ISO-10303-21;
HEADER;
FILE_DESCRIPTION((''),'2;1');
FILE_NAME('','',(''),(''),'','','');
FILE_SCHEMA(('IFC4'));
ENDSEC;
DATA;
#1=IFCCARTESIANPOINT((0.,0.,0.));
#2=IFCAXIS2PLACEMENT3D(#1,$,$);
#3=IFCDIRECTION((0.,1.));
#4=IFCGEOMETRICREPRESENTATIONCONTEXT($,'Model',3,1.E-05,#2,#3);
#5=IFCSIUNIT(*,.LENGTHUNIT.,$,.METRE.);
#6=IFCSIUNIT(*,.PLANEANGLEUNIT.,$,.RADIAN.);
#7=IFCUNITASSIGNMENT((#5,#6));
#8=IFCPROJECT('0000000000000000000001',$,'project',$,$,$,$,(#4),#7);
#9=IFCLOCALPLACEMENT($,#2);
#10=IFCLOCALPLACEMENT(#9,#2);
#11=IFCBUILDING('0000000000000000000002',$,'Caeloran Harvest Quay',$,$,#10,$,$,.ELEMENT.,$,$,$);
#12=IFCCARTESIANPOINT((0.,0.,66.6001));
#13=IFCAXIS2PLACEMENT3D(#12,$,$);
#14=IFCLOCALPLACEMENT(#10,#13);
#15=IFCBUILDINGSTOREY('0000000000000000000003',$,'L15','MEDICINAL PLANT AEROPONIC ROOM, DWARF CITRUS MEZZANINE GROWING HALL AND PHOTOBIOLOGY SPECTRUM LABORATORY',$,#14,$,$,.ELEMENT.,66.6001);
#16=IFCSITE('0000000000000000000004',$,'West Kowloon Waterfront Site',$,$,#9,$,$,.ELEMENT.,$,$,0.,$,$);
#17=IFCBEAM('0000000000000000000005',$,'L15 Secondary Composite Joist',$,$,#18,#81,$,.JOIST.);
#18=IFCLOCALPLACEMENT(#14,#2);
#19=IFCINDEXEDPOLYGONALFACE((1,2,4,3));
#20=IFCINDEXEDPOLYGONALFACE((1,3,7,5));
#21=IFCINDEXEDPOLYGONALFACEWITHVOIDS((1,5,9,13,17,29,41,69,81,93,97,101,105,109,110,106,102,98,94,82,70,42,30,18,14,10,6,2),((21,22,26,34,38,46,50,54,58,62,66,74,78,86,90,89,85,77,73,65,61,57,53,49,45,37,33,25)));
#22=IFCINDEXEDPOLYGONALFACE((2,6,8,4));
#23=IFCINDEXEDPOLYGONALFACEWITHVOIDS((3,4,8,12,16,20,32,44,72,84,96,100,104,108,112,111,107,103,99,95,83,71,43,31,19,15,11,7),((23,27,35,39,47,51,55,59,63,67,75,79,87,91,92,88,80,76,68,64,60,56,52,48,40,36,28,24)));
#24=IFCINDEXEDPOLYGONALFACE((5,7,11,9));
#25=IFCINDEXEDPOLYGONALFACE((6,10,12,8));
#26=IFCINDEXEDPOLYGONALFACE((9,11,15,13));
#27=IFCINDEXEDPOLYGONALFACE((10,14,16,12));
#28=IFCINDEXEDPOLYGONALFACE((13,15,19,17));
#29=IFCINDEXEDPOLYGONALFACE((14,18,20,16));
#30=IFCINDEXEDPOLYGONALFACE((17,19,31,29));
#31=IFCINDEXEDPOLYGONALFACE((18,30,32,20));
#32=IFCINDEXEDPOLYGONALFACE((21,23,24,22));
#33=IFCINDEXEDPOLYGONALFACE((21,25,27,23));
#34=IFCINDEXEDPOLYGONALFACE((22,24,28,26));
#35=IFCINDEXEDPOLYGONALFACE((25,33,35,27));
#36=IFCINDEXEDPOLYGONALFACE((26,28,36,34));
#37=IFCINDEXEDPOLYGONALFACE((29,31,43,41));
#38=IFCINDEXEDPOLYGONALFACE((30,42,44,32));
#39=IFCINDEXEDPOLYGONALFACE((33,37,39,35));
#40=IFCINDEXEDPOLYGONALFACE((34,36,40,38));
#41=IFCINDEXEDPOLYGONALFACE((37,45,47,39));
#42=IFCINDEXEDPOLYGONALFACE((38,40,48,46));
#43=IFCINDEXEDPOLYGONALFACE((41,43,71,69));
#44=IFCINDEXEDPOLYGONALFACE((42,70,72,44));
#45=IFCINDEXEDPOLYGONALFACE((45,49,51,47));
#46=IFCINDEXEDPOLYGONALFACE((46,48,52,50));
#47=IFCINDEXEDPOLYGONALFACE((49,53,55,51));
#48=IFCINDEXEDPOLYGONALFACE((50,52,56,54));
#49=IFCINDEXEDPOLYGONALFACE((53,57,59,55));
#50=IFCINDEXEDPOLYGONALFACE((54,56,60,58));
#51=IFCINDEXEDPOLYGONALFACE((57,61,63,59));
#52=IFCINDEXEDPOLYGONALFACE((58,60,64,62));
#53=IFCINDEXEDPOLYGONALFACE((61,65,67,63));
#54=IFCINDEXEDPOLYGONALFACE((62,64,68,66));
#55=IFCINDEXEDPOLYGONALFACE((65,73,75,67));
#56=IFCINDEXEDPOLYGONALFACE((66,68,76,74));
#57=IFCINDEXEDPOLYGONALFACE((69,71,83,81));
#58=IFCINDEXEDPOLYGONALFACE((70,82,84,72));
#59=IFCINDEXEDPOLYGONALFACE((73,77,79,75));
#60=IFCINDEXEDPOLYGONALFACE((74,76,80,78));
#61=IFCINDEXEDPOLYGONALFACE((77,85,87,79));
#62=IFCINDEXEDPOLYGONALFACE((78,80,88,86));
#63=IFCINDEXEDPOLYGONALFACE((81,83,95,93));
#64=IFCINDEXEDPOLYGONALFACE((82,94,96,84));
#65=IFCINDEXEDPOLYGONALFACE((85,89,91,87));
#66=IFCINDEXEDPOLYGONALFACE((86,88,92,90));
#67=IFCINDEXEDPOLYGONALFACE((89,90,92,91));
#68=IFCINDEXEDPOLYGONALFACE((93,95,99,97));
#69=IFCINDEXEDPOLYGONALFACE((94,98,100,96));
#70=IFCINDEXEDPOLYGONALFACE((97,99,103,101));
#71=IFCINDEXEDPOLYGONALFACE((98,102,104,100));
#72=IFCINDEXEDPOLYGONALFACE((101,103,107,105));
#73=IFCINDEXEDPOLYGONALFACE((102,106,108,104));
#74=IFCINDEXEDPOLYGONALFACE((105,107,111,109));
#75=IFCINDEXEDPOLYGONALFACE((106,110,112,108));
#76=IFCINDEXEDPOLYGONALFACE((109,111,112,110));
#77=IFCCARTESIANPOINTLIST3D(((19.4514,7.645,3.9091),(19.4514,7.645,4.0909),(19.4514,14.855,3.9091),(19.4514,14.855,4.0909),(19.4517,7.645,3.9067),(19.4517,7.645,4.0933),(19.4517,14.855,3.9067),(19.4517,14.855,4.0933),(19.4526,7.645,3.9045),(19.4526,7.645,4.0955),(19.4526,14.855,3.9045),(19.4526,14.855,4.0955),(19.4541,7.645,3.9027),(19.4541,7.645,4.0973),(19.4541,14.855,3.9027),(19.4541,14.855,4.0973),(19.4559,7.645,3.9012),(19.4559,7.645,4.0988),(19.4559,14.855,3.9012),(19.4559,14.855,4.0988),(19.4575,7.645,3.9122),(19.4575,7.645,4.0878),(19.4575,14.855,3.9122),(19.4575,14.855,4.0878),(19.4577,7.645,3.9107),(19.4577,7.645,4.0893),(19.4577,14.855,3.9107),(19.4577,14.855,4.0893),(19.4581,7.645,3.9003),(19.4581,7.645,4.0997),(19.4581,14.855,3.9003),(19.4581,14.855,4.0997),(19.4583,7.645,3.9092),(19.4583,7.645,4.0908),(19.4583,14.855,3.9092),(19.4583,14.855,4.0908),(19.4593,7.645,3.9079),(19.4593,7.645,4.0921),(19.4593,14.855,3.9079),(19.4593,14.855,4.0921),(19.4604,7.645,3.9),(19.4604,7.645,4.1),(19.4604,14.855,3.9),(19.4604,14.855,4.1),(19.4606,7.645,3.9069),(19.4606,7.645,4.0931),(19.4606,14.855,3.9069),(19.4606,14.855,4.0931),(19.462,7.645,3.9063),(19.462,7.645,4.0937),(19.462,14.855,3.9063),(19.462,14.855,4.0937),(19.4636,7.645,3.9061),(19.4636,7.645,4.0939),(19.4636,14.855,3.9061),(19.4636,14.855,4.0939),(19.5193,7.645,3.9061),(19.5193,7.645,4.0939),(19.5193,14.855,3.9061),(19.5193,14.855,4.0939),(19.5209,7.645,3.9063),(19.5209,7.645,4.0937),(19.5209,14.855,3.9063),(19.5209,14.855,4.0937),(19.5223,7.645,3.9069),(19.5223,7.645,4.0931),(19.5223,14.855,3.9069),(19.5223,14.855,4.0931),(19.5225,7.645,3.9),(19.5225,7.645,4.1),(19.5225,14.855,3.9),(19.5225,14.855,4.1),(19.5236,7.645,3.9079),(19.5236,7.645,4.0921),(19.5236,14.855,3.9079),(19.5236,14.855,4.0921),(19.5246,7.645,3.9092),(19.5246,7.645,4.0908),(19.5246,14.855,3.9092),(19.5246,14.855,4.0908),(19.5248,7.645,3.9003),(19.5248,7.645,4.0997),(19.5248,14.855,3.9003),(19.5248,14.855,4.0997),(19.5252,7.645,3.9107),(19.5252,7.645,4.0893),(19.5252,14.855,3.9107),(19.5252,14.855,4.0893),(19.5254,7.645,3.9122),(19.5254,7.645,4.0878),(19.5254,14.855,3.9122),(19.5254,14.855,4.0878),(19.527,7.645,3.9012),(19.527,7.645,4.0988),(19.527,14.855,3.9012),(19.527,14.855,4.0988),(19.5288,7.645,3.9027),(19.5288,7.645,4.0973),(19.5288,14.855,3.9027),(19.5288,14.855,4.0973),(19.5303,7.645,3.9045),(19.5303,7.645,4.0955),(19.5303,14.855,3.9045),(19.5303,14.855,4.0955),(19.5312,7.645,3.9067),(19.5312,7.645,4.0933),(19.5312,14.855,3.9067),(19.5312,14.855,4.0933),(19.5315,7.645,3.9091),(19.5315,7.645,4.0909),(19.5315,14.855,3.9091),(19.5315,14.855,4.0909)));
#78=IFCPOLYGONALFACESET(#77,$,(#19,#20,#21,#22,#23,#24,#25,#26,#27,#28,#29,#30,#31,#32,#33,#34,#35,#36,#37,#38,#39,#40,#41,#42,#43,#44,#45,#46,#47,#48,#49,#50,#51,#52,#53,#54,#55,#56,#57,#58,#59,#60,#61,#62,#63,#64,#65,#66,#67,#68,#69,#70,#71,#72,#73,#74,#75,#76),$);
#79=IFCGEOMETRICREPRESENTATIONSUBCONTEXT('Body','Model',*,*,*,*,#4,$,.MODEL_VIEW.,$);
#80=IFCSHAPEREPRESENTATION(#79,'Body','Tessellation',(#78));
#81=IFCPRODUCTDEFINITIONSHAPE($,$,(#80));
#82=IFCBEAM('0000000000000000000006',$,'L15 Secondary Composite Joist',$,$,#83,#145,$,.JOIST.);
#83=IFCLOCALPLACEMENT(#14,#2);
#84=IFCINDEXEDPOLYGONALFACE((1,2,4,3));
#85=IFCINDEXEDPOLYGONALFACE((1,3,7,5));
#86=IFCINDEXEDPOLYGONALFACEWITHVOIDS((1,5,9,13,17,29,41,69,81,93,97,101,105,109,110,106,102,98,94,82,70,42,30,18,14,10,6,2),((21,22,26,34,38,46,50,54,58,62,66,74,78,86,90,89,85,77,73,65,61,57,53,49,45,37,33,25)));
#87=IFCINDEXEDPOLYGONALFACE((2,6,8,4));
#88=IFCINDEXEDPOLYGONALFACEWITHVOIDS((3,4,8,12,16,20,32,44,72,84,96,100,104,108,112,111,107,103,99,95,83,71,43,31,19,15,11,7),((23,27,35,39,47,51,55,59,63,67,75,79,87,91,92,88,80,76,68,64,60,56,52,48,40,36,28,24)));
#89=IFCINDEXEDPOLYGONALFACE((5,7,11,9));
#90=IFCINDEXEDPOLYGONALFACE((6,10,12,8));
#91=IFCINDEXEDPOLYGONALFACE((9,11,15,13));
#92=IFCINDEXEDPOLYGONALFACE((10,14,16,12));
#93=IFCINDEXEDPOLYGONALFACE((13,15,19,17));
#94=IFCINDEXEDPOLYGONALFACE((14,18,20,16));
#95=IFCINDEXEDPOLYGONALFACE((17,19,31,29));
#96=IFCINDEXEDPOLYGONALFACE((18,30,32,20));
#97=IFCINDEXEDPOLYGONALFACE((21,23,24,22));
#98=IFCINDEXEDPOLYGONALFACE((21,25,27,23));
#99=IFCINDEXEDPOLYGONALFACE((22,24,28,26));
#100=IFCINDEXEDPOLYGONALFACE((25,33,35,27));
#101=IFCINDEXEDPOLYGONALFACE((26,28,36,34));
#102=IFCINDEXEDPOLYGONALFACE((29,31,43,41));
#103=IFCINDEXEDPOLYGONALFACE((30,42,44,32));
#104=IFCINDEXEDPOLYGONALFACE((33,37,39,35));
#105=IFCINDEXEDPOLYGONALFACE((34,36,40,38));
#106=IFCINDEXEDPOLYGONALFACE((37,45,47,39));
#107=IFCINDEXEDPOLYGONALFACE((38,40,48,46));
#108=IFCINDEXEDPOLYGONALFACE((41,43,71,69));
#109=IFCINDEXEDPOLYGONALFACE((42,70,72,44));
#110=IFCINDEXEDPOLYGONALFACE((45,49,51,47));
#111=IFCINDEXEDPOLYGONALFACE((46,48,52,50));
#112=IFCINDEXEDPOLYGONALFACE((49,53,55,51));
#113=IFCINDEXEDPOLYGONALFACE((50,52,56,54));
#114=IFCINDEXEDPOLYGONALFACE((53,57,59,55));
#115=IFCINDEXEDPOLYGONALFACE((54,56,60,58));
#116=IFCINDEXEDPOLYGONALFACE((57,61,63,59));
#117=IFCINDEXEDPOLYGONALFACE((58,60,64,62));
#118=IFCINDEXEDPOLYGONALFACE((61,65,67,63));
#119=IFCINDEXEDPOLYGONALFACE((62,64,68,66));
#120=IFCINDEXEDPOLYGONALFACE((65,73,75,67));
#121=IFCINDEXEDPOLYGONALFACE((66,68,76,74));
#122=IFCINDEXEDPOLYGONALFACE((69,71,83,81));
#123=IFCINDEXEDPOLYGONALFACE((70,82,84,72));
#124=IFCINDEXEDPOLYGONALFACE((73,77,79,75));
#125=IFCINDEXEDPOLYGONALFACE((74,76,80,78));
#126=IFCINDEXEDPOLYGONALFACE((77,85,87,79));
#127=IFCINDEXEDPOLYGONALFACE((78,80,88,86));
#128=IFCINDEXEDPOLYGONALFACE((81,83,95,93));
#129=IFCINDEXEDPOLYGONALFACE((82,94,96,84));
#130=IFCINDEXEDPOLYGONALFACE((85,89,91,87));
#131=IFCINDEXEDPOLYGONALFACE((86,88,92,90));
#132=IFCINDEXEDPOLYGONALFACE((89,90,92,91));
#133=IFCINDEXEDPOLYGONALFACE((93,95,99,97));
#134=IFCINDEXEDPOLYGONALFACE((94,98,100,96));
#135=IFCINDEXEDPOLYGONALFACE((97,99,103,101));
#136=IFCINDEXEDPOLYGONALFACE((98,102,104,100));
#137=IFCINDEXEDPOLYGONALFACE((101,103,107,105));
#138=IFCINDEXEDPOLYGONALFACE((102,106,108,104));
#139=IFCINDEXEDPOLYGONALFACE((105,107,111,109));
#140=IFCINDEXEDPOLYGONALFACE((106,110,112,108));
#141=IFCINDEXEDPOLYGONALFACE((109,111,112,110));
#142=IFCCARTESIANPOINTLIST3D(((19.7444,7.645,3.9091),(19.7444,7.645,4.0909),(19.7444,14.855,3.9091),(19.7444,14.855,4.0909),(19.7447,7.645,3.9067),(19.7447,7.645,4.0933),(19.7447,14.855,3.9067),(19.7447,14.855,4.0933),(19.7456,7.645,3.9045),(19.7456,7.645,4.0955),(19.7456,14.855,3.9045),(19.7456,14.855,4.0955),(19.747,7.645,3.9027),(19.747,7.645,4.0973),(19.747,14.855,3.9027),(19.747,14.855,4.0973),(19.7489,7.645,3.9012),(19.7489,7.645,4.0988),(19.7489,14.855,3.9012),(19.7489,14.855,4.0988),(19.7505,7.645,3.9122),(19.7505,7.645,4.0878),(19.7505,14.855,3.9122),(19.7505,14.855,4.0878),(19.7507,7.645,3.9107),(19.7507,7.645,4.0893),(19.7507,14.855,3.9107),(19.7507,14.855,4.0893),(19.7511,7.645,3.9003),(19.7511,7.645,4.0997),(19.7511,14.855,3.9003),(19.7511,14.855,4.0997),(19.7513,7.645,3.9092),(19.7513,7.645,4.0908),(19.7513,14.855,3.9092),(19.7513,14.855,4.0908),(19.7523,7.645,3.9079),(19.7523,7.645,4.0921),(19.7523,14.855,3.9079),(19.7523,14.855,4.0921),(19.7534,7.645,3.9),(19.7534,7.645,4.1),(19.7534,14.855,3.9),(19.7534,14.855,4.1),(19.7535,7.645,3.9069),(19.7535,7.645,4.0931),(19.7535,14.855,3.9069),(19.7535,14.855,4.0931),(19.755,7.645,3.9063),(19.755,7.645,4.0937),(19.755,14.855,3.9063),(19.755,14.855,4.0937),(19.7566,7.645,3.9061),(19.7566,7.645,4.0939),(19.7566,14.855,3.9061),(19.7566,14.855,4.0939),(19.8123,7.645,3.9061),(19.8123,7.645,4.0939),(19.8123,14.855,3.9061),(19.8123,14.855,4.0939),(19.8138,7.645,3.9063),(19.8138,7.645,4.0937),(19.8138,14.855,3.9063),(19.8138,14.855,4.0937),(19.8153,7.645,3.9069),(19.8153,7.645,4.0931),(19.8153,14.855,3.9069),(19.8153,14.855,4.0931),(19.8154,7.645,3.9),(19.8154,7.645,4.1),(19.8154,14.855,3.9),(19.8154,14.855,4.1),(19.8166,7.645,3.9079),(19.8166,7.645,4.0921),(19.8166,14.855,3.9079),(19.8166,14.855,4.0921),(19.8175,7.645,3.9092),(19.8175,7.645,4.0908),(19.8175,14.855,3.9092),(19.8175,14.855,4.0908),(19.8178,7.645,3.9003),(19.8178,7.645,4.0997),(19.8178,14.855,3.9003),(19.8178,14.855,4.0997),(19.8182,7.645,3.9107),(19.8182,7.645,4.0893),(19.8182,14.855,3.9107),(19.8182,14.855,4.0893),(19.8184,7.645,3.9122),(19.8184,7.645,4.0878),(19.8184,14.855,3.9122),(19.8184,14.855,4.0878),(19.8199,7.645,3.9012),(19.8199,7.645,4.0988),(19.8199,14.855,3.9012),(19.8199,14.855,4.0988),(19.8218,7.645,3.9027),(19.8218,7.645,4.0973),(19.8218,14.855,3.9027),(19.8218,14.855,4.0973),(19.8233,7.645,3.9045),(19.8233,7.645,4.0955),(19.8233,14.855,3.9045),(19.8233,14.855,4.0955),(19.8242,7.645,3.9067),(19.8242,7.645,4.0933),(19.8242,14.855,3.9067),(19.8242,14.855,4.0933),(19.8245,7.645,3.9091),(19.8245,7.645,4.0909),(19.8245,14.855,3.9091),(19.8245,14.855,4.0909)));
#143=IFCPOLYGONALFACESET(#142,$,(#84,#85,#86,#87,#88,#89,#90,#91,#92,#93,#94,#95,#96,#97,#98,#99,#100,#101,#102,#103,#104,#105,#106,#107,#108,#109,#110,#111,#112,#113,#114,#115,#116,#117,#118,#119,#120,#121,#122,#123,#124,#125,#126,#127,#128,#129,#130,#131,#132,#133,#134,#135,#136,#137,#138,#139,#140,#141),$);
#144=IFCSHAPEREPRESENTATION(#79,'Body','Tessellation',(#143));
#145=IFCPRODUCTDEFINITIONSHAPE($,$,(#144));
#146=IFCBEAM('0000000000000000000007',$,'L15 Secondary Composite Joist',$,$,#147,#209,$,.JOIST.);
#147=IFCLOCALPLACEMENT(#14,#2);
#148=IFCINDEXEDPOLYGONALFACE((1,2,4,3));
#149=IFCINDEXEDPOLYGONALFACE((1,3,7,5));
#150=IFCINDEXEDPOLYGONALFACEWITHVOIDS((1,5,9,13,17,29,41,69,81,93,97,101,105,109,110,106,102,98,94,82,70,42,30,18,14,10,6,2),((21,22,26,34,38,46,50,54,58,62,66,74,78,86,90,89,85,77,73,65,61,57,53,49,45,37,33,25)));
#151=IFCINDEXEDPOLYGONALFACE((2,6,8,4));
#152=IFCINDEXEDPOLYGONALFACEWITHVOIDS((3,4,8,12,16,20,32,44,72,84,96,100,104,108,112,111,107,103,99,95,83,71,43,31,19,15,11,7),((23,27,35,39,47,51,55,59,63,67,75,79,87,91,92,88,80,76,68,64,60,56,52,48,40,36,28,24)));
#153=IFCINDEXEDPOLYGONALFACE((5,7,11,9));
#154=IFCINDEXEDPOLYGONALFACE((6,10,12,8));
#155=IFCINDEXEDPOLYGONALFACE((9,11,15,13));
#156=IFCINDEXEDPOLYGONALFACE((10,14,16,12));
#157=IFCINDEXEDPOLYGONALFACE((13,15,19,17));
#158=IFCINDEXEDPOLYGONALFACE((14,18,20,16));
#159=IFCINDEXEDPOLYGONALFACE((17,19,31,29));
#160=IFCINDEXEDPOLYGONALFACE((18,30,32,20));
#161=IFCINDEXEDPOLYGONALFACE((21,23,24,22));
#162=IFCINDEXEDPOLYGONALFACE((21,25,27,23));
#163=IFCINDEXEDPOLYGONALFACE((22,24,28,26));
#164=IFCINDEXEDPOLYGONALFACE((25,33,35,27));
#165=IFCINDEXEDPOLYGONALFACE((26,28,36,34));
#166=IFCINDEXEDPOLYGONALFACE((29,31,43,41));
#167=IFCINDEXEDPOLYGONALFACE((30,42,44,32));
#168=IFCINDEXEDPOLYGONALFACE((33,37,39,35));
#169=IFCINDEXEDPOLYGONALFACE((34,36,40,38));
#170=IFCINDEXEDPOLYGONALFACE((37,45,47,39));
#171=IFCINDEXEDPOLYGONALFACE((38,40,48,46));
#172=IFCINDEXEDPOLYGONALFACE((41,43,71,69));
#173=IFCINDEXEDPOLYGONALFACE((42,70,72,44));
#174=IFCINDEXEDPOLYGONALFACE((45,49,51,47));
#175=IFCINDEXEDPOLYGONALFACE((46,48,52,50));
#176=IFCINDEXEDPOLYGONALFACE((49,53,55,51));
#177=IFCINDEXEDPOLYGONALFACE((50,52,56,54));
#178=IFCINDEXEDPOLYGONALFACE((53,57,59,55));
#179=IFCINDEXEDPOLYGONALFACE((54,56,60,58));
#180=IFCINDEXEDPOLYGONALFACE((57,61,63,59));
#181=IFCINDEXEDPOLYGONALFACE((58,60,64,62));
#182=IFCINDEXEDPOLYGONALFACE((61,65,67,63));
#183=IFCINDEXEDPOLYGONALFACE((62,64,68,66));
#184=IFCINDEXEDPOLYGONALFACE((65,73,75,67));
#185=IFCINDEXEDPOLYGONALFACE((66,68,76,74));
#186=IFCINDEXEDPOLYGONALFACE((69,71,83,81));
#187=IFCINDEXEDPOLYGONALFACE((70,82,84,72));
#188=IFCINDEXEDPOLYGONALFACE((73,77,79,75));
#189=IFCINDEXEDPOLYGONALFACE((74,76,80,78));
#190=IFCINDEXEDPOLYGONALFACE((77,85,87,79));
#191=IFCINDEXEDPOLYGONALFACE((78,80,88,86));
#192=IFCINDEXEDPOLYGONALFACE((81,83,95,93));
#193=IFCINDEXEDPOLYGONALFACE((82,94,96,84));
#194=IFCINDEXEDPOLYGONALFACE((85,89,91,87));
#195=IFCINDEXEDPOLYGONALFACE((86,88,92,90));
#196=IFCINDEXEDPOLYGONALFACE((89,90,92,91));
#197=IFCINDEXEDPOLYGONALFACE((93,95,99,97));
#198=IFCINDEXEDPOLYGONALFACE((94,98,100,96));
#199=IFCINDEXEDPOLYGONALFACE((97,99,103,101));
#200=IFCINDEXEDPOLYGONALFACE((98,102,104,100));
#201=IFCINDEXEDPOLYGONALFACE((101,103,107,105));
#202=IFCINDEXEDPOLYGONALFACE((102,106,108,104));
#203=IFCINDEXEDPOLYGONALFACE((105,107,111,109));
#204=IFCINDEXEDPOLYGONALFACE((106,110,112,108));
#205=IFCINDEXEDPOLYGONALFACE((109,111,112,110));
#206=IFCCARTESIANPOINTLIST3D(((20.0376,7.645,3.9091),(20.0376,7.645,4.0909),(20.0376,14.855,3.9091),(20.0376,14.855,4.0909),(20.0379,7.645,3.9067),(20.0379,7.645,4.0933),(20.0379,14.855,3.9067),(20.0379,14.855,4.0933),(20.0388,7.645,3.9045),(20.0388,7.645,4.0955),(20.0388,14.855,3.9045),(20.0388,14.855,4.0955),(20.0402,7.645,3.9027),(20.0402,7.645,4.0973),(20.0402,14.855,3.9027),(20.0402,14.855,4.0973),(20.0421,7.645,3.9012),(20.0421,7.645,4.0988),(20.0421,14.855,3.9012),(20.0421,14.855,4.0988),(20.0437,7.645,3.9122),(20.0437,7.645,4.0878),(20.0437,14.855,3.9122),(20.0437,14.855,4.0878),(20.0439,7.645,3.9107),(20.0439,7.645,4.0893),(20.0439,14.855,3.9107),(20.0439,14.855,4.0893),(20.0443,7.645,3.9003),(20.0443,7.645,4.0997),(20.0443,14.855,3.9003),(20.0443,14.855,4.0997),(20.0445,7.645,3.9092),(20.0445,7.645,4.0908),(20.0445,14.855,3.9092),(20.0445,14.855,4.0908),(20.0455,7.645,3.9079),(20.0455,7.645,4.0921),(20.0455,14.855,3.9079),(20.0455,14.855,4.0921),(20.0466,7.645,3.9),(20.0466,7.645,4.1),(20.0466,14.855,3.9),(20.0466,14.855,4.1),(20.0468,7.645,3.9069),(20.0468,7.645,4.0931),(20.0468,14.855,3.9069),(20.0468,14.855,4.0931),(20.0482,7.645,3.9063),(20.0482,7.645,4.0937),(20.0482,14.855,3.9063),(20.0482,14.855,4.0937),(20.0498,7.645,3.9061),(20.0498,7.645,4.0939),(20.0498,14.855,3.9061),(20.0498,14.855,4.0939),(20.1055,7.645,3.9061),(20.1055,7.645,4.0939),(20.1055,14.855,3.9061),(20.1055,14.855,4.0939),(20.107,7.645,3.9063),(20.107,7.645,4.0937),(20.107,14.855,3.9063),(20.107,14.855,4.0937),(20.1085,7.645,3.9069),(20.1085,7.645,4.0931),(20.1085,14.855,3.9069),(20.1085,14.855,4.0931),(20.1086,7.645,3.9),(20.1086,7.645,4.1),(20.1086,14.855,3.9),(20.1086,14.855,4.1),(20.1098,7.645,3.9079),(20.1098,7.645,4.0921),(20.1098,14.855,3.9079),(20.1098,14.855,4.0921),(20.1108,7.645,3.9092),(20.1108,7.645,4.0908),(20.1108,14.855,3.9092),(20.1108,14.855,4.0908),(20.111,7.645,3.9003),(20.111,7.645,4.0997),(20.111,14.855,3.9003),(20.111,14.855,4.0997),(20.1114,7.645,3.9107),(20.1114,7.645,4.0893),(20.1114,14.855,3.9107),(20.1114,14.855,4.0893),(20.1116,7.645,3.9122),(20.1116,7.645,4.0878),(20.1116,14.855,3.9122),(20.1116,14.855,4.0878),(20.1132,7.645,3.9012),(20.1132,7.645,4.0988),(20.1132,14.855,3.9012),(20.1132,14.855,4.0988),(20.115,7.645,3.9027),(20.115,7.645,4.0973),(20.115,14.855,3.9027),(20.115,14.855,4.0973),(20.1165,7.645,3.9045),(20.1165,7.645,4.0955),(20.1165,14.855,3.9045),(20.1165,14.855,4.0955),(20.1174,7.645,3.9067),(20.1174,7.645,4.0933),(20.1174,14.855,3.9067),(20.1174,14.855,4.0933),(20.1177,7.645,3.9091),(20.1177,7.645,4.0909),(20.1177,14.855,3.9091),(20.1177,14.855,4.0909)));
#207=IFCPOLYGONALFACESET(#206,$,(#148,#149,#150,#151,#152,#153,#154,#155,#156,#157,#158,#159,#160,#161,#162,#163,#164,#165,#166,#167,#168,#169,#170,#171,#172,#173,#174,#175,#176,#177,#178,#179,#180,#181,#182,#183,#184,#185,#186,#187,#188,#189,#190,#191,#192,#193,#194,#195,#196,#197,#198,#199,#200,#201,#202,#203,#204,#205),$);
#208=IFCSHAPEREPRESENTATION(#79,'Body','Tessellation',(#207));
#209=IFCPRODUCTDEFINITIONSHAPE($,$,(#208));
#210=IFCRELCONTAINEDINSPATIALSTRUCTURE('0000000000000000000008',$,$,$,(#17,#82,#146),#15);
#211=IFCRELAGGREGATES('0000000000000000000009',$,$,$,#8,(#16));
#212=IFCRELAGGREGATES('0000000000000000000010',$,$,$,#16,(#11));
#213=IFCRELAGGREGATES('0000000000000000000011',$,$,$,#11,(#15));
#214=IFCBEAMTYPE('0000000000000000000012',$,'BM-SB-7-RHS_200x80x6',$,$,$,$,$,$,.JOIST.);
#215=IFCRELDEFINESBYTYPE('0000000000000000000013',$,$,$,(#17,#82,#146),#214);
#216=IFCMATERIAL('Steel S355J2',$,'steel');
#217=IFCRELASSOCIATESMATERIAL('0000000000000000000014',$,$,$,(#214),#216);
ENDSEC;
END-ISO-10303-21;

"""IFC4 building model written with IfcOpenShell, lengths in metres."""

from ifc_helpers import new_model, si_unit, direction, frame, origin, origin_2d, place, context, subcontext, project, spatial, hollow_rectangle, extrude, material, material_profile, profile_set, type_object, element, save


model = new_model("IFC4")

# Units and contexts
model_context = context("Model", 3, precision=1e-05, world=origin(), true_north=direction((0.0, 1.0)))
body_context = subcontext(model_context, "Body", "Model", "MODEL_VIEW")
ifc_project = project(units=[si_unit("LENGTHUNIT", "METRE"), si_unit("PLANEANGLEUNIT", "RADIAN")], contexts=[model_context])

# Site, building, storey
site_placement = place(None, origin())
site = spatial("IfcSite", under=ifc_project, at=site_placement, Name="West Kowloon Waterfront Site", CompositionType="ELEMENT", RefElevation=0.0)
building_placement = place(site_placement, origin())
building = spatial("IfcBuilding", under=site, at=building_placement, Name="Caeloran Harvest Quay", CompositionType="ELEMENT")
storey_placement = place(building_placement, frame((0.0, 0.0, 66.6001)))
storey = spatial("IfcBuildingStorey", under=building, at=storey_placement, Name="L15", Description="MEDICINAL PLANT AEROPONIC ROOM, DWARF CITRUS MEZZANINE GROWING HALL AND PHOTOBIOLOGY SPECTRUM LABORATORY", CompositionType="ELEMENT", Elevation=66.6001)

# Beams
ifc_material_1 = material(Name="Steel S355J2", Category="steel")
ifc_material_profile_1 = material_profile(ifc_material_1, hollow_rectangle(XDim=0.0801, YDim=0.2, WallThickness=0.0061, InnerFilletRadius=0.0061, OuterFilletRadius=0.009, at=origin_2d()), Name="RHS 200x80x6")
ifc_profile_set_1 = profile_set([ifc_material_profile_1], Name="Steel S355J2")
beam_type_1 = type_object("IfcBeamType", Name="BM-SB-7-RHS_200x80x6", PredefinedType="JOIST", material=ifc_profile_set_1)
for number, where, z_axis, x_axis, name in (
    (1, (19.4915, 7.645, 4.0), (0.0, 1.0, 0.0), (-1.0, 0.0, 0.0), "L15 Secondary Composite Joist"),
    (2, (19.7844, 7.645, 4.0), (0.0, 1.0, 0.0), (-1.0, 0.0, 0.0), "L15 Secondary Composite Joist"),
    (3, (20.0776, 7.645, 4.0), (0.0, 1.0, 0.0), (-1.0, 0.0, 0.0), "L15 Secondary Composite Joist"),
):
    element("IfcBeam", number, at=place(storey_placement, frame(where, z_axis=z_axis, x_axis=x_axis)), inside=storey, type_object=beam_type_1, Name=name, PredefinedType="JOIST", context=body_context, shape_type="SweptSolid", body=[
        extrude(hollow_rectangle(XDim=0.0801, YDim=0.2, WallThickness=0.0061, InnerFilletRadius=0.0061, OuterFilletRadius=0.009, at=origin_2d()), origin(), (0.0, 0.0, 1.0), 7.21),
    ])

save(model, "model.ifc")
